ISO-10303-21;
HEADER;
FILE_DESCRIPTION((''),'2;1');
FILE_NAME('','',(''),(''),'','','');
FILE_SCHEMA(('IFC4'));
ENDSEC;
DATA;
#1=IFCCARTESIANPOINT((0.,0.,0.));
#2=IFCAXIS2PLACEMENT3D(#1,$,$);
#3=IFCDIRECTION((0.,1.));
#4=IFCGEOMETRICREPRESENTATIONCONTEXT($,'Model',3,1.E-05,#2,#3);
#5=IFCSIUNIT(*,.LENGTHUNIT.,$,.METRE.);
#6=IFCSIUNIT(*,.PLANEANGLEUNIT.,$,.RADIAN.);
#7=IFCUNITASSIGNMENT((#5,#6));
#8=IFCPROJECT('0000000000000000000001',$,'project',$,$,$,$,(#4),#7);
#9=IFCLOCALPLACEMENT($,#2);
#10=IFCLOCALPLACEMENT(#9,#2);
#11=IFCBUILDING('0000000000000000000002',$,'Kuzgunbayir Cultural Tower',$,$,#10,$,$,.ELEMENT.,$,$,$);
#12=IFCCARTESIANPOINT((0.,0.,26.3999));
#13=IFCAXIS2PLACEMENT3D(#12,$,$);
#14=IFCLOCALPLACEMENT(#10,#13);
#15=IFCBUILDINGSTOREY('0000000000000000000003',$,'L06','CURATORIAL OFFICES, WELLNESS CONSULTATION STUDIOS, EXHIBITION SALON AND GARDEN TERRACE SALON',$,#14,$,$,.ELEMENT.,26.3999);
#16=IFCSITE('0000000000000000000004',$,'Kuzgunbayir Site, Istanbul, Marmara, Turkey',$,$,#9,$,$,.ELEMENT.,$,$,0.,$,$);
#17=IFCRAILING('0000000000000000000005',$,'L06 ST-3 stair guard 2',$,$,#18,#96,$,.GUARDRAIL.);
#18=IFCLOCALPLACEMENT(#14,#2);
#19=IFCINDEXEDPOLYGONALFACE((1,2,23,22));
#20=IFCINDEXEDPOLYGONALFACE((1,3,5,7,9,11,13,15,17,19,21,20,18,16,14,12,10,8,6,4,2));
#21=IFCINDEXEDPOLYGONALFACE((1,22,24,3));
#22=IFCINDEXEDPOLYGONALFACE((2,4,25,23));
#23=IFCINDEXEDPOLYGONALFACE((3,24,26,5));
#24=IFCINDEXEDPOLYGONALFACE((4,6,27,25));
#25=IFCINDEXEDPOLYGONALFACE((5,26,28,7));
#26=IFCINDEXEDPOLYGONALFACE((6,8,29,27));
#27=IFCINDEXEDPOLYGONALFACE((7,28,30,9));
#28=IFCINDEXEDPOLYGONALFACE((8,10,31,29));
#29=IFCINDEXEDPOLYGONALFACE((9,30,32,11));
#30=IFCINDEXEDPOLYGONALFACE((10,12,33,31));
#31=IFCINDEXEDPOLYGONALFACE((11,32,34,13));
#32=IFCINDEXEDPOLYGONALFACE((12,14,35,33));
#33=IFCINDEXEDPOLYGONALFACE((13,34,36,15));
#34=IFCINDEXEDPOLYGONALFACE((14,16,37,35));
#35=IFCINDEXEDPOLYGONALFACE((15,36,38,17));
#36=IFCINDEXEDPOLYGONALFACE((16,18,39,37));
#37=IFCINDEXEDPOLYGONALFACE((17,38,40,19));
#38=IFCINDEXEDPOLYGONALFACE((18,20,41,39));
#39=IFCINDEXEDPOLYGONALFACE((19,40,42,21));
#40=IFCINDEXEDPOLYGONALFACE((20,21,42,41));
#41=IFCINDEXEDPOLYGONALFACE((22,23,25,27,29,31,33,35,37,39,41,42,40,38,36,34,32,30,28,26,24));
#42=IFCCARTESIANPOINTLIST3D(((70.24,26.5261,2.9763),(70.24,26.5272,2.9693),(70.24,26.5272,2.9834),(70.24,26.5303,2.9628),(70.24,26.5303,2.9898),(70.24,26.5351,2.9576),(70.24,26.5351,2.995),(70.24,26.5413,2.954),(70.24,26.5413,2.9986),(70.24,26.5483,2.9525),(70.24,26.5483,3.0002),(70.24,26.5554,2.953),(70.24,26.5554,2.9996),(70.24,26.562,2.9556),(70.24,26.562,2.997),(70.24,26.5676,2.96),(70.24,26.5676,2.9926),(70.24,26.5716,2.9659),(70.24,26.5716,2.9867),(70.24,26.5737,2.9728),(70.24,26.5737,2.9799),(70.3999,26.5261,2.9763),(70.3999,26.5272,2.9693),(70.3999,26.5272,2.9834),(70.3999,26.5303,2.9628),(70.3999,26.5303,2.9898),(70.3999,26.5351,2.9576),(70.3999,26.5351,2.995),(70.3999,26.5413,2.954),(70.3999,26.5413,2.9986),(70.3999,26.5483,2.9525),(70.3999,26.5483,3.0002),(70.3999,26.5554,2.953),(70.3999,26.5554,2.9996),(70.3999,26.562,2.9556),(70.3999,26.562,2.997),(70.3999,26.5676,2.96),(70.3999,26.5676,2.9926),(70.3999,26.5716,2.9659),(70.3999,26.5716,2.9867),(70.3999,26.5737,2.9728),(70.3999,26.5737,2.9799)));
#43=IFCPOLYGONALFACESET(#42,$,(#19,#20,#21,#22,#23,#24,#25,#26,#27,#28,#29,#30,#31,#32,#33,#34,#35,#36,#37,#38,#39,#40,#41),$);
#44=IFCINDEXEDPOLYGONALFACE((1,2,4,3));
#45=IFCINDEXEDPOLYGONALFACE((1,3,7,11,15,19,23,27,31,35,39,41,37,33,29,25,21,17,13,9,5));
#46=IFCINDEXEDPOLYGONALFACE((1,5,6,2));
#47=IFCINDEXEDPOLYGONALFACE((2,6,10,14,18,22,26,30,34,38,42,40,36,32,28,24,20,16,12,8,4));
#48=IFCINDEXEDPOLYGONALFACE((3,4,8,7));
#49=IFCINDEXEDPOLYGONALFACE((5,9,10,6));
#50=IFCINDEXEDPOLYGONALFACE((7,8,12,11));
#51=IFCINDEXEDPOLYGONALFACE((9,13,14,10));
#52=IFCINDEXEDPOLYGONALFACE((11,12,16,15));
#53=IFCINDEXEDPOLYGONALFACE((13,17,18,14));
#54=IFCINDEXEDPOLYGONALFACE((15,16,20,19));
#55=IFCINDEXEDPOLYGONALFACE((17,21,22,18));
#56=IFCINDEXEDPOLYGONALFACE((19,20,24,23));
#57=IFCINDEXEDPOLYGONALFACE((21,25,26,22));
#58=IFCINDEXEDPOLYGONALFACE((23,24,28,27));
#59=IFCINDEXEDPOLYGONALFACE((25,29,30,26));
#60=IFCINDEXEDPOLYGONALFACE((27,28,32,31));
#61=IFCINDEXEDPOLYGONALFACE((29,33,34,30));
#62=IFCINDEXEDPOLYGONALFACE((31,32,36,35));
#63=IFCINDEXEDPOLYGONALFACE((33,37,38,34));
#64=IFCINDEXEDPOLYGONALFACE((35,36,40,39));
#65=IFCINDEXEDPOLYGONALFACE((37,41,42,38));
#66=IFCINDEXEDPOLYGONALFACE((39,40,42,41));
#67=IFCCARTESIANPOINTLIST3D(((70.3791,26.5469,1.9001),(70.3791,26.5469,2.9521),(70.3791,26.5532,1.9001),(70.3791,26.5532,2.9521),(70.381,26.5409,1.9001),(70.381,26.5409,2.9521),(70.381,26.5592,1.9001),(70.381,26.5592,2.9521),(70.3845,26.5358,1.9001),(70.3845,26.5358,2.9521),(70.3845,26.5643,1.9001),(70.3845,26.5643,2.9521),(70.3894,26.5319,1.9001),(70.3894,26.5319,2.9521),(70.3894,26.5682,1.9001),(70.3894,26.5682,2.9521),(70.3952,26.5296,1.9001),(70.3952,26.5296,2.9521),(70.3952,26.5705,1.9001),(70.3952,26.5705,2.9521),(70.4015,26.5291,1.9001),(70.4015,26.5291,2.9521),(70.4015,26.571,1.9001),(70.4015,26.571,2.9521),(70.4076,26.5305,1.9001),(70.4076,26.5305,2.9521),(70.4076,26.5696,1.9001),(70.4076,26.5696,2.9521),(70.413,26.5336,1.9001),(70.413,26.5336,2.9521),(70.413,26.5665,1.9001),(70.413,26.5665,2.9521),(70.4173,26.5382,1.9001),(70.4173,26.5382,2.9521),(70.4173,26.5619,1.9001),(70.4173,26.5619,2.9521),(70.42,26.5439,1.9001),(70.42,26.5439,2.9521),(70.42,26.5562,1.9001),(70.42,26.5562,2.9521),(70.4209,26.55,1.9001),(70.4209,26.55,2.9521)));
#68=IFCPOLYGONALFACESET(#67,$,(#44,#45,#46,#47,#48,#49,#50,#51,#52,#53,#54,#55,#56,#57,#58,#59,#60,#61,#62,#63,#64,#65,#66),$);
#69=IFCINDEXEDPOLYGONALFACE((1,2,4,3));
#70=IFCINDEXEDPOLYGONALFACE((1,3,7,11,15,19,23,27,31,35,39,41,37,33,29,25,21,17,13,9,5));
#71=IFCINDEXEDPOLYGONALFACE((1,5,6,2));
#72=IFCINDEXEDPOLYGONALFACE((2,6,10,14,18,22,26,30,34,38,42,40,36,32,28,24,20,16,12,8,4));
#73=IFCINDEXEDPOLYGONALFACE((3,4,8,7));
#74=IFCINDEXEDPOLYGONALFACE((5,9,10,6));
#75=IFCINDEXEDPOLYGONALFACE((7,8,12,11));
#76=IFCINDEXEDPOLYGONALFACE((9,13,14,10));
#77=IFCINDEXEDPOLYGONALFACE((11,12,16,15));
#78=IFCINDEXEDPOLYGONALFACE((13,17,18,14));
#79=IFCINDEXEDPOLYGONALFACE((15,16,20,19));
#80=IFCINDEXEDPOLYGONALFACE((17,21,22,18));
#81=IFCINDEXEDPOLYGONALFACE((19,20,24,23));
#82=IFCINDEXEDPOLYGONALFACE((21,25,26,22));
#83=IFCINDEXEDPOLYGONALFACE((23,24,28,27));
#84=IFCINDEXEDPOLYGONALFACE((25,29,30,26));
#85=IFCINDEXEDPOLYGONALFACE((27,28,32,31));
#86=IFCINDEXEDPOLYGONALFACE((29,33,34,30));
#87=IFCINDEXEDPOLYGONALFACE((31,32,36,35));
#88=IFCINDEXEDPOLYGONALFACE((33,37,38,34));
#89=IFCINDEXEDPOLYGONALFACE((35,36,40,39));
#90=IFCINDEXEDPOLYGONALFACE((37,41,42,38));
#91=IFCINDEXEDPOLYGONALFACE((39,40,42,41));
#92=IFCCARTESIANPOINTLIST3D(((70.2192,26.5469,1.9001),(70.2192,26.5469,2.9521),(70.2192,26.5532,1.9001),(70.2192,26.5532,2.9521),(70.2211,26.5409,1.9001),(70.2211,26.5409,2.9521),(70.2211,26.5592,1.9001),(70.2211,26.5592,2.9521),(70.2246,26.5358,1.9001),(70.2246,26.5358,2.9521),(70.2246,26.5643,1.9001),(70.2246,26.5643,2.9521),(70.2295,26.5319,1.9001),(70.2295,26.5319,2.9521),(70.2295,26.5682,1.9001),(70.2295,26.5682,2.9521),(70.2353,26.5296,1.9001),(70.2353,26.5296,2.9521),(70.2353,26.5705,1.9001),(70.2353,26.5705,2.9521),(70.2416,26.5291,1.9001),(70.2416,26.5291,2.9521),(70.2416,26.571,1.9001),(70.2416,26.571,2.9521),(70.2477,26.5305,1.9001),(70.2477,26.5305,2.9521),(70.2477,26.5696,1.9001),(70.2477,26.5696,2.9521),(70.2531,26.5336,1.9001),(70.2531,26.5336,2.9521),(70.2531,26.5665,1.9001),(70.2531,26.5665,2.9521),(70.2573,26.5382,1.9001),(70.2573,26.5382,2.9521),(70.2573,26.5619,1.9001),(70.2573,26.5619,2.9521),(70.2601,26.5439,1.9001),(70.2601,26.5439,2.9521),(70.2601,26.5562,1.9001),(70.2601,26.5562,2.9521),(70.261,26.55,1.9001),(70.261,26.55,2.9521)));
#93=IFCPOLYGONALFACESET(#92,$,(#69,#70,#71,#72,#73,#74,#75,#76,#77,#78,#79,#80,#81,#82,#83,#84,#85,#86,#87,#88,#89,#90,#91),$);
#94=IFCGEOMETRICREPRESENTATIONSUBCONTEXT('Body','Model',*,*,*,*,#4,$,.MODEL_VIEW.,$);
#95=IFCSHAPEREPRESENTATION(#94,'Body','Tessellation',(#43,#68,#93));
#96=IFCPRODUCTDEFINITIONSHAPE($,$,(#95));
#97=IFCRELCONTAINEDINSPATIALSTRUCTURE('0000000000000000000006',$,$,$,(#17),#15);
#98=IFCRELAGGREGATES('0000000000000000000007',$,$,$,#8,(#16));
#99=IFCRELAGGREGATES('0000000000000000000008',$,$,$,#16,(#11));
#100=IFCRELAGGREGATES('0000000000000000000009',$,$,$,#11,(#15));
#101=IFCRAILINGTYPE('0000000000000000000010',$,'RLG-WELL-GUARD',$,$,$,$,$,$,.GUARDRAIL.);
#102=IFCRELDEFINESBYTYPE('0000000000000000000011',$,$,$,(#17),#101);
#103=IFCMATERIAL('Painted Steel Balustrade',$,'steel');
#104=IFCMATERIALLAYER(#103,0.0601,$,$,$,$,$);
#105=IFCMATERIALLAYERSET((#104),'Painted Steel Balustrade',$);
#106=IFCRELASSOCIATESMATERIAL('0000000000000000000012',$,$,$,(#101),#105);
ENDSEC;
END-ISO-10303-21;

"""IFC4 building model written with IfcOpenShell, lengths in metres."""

from ifc_helpers import new_model, si_unit, direction, frame, origin, origin_2d, place, context, subcontext, project, spatial, circle, extrude, material, layer, layer_set, type_object, element, save


model = new_model("IFC4")

# Units and contexts
model_context = context("Model", 3, precision=1e-05, world=origin(), true_north=direction((0.0, 1.0)))
body_context = subcontext(model_context, "Body", "Model", "MODEL_VIEW")
ifc_project = project(units=[si_unit("LENGTHUNIT", "METRE"), si_unit("PLANEANGLEUNIT", "RADIAN")], contexts=[model_context])

# Site, building, storey
site_placement = place(None, origin())
site = spatial("IfcSite", under=ifc_project, at=site_placement, Name="Kuzgunbayir Site, Istanbul, Marmara, Turkey", CompositionType="ELEMENT", RefElevation=0.0)
building_placement = place(site_placement, origin())
building = spatial("IfcBuilding", under=site, at=building_placement, Name="Kuzgunbayir Cultural Tower", CompositionType="ELEMENT")
storey_placement = place(building_placement, frame((0.0, 0.0, 26.3999)))
storey = spatial("IfcBuildingStorey", under=building, at=storey_placement, Name="L06", Description="CURATORIAL OFFICES, WELLNESS CONSULTATION STUDIOS, EXHIBITION SALON AND GARDEN TERRACE SALON", CompositionType="ELEMENT", Elevation=26.3999)

# Railing
ifc_material_1 = material(Name="Painted Steel Balustrade", Category="steel")
ifc_layer_1 = layer(ifc_material_1, 0.0601)
ifc_layer_set_1 = layer_set([ifc_layer_1], Name="Painted Steel Balustrade")
railing_type_1 = type_object("IfcRailingType", Name="RLG-WELL-GUARD", PredefinedType="GUARDRAIL", material=ifc_layer_set_1)
railing_1_placement = place(storey_placement, frame((70.3999, 26.55, 1.9001)))
element("IfcRailing", 1, at=railing_1_placement, inside=storey, type_object=railing_type_1, Name="L06 ST-3 stair guard 2", PredefinedType="GUARDRAIL", context=body_context, shape_type="SweptSolid", body=[
    extrude(circle(Radius=0.0239, at=origin_2d()), frame((0.0, 0.0, 1.0762), z_axis=(-1.0, 0.0, 0.0), x_axis=(0.0, -1.0, 0.0)), (0.0, 0.0, 1.0), 0.1599),
    extrude(circle(Radius=0.021, at=origin_2d()), origin(), (0.0, 0.0, 1.0), 1.052),
    extrude(circle(Radius=0.021, at=origin_2d()), frame((-0.1599, 0.0, 0.0)), (0.0, 0.0, 1.0), 1.052),
])

save(model, "model.ifc")
